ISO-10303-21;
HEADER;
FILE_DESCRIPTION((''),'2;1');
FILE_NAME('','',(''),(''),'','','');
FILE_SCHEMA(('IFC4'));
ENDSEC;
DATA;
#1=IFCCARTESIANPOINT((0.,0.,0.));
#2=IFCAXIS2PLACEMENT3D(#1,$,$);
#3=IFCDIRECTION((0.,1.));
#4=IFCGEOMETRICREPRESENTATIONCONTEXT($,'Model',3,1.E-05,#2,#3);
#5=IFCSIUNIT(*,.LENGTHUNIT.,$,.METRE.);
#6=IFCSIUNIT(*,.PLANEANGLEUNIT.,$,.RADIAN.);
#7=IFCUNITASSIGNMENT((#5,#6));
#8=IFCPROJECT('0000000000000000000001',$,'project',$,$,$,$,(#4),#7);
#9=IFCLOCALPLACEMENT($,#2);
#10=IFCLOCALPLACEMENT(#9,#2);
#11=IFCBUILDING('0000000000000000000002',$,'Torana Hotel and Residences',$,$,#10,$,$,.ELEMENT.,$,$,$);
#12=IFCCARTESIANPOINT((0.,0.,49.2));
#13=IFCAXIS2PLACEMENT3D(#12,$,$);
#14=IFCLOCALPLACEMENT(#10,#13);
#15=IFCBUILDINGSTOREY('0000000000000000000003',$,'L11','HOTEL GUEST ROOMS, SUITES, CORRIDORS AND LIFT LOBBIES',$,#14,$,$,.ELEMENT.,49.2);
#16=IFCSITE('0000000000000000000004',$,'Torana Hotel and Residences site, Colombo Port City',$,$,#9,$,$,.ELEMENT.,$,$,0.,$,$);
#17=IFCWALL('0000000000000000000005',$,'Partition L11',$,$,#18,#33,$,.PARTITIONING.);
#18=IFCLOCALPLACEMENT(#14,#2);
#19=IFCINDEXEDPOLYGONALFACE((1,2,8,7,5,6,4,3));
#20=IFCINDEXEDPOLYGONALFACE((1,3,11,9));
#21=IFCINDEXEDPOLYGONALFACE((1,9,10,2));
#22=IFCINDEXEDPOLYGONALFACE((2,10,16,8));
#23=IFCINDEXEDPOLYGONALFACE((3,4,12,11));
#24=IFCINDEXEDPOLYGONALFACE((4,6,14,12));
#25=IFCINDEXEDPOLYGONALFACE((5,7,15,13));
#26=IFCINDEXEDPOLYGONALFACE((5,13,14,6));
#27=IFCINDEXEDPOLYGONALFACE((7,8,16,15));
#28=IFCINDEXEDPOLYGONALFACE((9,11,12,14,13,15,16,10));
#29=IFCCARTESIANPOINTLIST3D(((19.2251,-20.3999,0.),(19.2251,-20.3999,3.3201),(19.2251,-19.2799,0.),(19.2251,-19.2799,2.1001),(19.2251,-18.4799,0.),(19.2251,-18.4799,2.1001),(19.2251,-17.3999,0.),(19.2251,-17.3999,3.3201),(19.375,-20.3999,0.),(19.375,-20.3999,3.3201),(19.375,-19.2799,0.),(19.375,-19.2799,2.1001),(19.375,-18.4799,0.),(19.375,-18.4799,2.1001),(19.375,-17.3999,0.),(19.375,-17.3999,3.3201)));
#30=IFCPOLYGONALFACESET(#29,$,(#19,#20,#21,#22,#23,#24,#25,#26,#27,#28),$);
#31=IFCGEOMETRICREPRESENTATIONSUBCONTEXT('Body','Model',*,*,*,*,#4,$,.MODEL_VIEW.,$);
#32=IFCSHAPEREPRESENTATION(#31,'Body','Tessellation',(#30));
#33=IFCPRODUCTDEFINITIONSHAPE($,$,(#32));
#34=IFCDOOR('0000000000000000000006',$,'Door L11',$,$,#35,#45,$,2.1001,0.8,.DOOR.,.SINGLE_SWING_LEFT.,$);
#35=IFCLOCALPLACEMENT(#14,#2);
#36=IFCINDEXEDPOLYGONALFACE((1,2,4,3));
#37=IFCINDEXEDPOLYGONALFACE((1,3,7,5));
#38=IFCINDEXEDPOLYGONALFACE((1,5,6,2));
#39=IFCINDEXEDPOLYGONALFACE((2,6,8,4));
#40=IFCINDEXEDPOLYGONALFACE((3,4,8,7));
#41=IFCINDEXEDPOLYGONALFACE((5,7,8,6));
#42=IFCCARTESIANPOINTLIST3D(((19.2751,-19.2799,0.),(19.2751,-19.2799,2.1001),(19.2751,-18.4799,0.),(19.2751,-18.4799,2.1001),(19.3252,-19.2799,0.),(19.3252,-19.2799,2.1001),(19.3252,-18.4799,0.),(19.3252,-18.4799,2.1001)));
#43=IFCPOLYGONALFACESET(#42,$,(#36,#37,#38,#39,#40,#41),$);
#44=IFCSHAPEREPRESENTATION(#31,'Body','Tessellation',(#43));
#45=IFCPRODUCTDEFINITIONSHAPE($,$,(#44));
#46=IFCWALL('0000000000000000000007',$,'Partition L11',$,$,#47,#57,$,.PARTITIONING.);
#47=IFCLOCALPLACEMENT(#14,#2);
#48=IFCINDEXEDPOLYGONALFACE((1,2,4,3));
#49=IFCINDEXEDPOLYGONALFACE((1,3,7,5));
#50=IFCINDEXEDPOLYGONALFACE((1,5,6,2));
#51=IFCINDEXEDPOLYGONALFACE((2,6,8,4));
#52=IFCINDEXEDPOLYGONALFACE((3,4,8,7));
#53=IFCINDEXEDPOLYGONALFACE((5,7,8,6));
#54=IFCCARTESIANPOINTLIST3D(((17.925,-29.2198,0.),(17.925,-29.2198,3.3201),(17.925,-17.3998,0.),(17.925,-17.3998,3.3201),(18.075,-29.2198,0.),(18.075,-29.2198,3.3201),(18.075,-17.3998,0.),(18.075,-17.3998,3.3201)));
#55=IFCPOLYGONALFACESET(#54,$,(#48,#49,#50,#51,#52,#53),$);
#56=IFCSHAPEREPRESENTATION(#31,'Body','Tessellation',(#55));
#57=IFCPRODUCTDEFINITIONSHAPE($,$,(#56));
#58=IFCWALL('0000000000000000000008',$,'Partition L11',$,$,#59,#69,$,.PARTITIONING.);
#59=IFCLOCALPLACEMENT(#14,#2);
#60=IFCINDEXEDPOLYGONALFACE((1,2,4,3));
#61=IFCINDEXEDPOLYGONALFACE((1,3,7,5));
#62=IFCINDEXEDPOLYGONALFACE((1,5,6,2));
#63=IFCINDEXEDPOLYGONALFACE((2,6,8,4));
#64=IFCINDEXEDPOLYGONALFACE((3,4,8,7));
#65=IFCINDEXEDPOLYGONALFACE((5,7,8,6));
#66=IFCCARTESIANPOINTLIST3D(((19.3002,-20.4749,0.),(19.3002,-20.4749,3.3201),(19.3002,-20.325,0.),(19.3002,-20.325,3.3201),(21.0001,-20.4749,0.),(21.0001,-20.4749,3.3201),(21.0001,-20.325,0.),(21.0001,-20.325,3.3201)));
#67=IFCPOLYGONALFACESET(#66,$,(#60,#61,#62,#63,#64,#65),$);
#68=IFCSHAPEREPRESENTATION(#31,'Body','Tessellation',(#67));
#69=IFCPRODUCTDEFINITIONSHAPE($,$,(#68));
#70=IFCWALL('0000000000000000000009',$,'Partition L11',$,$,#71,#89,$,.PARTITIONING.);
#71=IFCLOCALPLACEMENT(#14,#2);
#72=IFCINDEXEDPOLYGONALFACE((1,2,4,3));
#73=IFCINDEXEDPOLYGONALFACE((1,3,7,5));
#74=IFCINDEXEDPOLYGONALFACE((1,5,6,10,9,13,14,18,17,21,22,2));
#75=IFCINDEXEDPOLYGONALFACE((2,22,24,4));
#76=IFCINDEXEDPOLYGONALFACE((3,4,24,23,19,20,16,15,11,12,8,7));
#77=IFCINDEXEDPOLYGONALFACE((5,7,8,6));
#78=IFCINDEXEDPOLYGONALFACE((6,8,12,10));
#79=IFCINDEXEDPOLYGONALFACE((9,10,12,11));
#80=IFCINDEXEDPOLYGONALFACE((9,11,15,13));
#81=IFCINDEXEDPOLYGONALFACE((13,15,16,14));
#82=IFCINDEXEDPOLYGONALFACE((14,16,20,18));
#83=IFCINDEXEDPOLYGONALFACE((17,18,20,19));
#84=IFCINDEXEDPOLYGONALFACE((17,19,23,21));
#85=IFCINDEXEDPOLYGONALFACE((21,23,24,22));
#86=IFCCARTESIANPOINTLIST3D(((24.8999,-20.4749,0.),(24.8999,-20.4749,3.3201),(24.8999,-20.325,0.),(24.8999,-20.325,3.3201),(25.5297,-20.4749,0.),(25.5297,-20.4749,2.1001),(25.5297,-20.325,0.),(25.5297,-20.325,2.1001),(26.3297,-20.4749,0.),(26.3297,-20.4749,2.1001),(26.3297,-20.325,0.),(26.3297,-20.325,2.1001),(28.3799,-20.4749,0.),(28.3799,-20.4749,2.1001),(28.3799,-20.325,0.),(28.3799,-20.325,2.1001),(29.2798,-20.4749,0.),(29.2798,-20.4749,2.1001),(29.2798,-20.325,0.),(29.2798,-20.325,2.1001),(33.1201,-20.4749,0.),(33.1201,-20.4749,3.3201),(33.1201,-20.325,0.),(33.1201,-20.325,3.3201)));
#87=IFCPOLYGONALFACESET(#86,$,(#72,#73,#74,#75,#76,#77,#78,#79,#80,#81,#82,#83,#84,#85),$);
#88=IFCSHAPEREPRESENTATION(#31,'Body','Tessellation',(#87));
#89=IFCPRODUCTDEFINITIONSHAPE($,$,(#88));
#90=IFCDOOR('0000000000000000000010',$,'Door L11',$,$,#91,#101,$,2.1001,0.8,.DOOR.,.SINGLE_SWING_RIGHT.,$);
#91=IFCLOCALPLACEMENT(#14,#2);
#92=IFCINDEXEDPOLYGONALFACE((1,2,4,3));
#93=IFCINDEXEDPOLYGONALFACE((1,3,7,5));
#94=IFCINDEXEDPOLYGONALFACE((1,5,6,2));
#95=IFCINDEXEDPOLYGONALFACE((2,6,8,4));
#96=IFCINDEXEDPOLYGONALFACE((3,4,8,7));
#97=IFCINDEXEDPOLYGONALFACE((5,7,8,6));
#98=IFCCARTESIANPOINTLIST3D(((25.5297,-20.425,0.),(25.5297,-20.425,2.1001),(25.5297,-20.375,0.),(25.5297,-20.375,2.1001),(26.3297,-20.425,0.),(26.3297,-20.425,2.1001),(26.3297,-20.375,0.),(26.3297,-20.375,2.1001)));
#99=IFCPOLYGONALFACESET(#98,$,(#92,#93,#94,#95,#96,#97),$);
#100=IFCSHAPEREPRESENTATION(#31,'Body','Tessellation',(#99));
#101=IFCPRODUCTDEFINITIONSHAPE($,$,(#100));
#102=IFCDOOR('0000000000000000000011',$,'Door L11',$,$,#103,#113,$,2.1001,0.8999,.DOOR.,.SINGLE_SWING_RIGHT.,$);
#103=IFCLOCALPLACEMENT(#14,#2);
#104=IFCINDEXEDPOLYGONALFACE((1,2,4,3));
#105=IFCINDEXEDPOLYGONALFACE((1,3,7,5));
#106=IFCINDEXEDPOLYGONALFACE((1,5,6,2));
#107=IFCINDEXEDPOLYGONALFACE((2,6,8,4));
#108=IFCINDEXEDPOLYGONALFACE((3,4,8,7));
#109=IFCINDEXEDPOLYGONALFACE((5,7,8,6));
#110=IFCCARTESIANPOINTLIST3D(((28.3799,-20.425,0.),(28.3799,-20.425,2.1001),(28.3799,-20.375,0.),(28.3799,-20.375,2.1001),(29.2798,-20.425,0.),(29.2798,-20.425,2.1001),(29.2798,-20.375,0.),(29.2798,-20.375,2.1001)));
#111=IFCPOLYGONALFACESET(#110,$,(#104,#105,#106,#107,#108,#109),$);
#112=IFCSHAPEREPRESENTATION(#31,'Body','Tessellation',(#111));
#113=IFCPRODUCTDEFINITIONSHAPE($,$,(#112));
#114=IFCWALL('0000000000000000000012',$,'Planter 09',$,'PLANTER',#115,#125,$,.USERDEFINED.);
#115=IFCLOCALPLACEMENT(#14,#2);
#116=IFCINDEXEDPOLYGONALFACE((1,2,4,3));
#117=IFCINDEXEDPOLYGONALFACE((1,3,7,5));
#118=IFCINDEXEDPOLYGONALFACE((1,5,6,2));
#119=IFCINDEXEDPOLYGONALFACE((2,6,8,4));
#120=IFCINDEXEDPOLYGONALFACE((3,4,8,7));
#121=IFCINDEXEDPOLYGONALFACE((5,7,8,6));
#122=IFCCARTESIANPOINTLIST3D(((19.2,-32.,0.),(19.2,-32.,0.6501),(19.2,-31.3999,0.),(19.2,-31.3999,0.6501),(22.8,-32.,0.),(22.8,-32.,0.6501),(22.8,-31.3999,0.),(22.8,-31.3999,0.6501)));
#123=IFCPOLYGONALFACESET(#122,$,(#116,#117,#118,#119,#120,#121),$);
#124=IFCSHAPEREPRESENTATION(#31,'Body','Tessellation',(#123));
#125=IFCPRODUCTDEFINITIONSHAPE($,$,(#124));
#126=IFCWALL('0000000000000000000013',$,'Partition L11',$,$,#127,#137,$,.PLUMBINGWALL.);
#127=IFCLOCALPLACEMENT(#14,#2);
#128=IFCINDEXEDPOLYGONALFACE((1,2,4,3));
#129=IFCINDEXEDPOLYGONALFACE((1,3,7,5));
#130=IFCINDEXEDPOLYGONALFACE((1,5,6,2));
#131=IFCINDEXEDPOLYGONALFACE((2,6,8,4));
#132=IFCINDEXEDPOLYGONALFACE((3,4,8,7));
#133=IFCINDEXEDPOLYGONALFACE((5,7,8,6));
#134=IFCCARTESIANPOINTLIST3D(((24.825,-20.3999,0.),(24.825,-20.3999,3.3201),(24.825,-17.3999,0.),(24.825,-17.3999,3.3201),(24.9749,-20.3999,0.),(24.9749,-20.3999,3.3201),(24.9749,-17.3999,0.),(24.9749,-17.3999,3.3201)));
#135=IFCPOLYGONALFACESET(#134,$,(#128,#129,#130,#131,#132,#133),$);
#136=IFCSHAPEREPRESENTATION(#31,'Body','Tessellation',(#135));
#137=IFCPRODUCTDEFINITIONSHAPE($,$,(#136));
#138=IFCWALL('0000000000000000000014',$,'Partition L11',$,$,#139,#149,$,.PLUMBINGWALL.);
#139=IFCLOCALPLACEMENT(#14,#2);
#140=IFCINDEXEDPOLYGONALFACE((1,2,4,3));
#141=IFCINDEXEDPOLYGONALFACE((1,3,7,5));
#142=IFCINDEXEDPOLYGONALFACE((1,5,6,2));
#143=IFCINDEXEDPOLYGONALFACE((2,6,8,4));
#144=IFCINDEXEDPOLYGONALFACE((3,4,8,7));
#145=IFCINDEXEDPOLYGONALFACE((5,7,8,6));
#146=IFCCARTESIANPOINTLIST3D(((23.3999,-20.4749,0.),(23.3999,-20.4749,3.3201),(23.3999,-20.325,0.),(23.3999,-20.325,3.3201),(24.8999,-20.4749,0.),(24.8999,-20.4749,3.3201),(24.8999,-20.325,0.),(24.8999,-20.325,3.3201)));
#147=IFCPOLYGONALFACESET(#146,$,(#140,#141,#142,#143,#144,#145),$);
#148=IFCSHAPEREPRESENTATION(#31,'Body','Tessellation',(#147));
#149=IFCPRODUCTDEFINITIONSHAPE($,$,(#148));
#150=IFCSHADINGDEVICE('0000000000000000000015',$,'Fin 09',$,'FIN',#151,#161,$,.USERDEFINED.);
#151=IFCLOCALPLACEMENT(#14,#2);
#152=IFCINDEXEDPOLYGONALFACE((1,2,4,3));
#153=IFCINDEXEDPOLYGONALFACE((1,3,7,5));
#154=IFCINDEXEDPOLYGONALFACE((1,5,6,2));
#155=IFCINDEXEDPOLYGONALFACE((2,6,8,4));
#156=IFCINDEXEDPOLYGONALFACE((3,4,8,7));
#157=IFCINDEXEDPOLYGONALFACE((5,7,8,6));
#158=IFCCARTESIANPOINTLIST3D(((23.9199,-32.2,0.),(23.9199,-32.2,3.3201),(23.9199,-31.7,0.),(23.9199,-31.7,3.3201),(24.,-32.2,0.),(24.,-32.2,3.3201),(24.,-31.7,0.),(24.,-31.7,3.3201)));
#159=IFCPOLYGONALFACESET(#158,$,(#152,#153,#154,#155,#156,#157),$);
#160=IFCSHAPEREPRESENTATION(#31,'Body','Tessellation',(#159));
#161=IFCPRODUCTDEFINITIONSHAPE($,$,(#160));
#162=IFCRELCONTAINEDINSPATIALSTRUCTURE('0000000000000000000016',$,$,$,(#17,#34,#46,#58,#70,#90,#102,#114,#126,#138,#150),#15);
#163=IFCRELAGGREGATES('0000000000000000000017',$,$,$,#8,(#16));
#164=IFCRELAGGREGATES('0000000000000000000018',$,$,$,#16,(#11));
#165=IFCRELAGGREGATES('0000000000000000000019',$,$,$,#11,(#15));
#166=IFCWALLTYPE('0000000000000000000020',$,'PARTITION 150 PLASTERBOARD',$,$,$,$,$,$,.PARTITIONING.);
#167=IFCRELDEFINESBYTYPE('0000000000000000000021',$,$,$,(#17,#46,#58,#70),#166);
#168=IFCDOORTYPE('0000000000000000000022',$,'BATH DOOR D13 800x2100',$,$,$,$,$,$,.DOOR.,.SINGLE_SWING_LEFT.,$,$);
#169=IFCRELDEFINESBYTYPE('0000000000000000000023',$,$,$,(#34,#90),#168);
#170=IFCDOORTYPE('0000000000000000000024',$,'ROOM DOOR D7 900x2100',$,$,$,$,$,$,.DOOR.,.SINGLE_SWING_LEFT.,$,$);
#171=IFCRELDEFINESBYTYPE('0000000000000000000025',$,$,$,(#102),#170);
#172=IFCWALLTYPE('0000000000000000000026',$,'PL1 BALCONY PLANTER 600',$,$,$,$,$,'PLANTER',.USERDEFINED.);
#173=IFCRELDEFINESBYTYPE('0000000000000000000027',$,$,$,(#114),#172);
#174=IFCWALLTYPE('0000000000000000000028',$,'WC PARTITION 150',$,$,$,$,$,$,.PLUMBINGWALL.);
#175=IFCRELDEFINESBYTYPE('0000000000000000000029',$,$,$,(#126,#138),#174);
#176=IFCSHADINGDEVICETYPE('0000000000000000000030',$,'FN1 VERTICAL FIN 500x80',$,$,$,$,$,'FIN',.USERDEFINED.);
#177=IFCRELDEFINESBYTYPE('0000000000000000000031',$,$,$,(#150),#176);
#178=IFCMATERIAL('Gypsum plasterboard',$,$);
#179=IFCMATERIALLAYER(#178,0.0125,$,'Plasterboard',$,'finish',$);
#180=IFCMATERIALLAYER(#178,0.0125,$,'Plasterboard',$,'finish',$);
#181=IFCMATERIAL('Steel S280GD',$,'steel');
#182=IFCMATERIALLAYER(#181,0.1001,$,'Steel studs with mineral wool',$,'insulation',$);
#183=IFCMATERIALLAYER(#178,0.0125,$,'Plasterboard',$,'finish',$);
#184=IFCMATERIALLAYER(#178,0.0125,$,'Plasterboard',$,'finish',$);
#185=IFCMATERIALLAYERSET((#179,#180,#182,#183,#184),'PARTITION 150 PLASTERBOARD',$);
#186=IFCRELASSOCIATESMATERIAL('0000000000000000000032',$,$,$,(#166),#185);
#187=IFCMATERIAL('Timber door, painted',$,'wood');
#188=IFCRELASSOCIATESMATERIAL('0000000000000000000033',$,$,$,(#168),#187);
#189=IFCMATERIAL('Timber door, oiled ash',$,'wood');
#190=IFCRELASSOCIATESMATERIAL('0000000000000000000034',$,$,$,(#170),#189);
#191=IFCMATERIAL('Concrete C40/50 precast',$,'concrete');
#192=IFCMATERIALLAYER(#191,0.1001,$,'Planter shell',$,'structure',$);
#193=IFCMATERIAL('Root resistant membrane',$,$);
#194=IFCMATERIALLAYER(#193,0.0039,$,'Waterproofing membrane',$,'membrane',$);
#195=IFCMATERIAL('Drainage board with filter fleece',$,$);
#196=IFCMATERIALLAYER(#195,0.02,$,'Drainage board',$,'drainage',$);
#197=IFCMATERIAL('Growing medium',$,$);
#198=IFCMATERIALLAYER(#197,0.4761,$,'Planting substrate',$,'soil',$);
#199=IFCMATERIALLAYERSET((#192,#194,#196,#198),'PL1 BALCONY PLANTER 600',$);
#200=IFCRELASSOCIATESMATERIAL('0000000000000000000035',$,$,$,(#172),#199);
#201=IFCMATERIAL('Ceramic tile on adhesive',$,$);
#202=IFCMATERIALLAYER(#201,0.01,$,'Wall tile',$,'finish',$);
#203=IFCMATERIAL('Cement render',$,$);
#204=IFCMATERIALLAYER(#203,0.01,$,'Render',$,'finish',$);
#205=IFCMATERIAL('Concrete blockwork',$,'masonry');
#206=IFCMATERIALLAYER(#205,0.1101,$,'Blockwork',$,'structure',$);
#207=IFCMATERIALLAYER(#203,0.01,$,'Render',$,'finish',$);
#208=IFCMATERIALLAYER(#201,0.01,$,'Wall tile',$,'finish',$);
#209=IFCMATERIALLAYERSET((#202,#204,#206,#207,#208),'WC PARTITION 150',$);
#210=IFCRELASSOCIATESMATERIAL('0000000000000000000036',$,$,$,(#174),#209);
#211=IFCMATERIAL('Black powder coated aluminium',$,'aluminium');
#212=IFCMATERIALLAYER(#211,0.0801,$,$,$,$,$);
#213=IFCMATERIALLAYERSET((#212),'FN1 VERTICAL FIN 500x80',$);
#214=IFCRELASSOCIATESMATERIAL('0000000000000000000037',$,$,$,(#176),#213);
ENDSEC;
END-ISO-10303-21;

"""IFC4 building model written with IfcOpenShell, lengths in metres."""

from ifc_helpers import new_model, si_unit, direction, frame, frame_2d, origin, origin_2d, place, context, subcontext, project, spatial, rectangle, extrude, material, layer, layer_set, type_object, element, fill, save


model = new_model("IFC4")

# Units and contexts
model_context = context("Model", 3, precision=1e-05, world=origin(), true_north=direction((0.0, 1.0)))
body_context = subcontext(model_context, "Body", "Model", "MODEL_VIEW")
ifc_project = project(units=[si_unit("LENGTHUNIT", "METRE"), si_unit("PLANEANGLEUNIT", "RADIAN")], contexts=[model_context])

# Site, building, storey
site_placement = place(None, origin())
site = spatial("IfcSite", under=ifc_project, at=site_placement, Name="Torana Hotel and Residences site, Colombo Port City", CompositionType="ELEMENT", RefElevation=0.0)
building_placement = place(site_placement, origin())
building = spatial("IfcBuilding", under=site, at=building_placement, Name="Torana Hotel and Residences", CompositionType="ELEMENT")
storey_placement = place(building_placement, frame((0.0, 0.0, 49.2)))
storey = spatial("IfcBuildingStorey", under=building, at=storey_placement, Name="L11", Description="HOTEL GUEST ROOMS, SUITES, CORRIDORS AND LIFT LOBBIES", CompositionType="ELEMENT", Elevation=49.2)

# Shared definitions
ifc_material_1 = material(Name="Concrete blockwork", Category="masonry")

# Shared definitions
ifc_material_2 = material(Name="Gypsum plasterboard")
ifc_layer_1 = layer(ifc_material_2, 0.0125, Name="Plasterboard", Category="finish")
ifc_layer_2 = layer(ifc_material_2, 0.0125, Name="Plasterboard", Category="finish")
ifc_material_3 = material(Name="Steel S280GD", Category="steel")
ifc_layer_3 = layer(ifc_material_3, 0.1001, Name="Steel studs with mineral wool", Category="insulation")
ifc_layer_4 = layer(ifc_material_2, 0.0125, Name="Plasterboard", Category="finish")
ifc_layer_5 = layer(ifc_material_2, 0.0125, Name="Plasterboard", Category="finish")
ifc_layer_set_1 = layer_set([ifc_layer_1, ifc_layer_2, ifc_layer_3, ifc_layer_4, ifc_layer_5], Name="PARTITION 150 PLASTERBOARD")
wall_type_1 = type_object("IfcWallType", Name="PARTITION 150 PLASTERBOARD", PredefinedType="PARTITIONING", material=ifc_layer_set_1)

# Wall, opening, door
wall_1_placement = place(storey_placement, frame((19.3, -20.3999, 0.0), z_axis=(0.0, 0.0, 1.0), x_axis=(0.0, 1.0, 0.0)))
wall_1 = element("IfcWall", 1, at=wall_1_placement, inside=storey, type_object=wall_type_1, Name="Partition L11", PredefinedType="PARTITIONING", context=body_context, shape_type="SweptSolid", body=[
    extrude(rectangle(XDim=3.0, YDim=0.1499, at=frame_2d((1.5, 0.0))), origin(), (0.0, 0.0, 1.0), 3.3201),
])
opening_1_placement = place(wall_1_placement, frame((1.1201, 0.0, 0.0)))
opening_1 = element("IfcOpeningElement", 2, at=opening_1_placement, cuts=wall_1, PredefinedType="OPENING", context=body_context, shape_type="SweptSolid", body=[
    extrude(rectangle(XDim=0.8, YDim=2.1001, at=frame_2d((0.3999, 1.05))), frame((0.0, 0.085, 0.0), z_axis=(0.0, -1.0, 0.0), x_axis=(1.0, 0.0, 0.0)), (0.0, 0.0, 1.0), 0.1699),
])
ifc_material_4 = material(Name="Timber door, painted", Category="wood")
door_type_1 = type_object("IfcDoorType", Name="BATH DOOR D13 800x2100", OperationType="SINGLE_SWING_LEFT", PredefinedType="DOOR", material=ifc_material_4)
door_1_placement = place(opening_1_placement, origin())
door_1 = element("IfcDoor", 3, at=door_1_placement, inside=storey, type_object=door_type_1, Name="Door L11", OperationType="SINGLE_SWING_LEFT", OverallHeight=2.1001, OverallWidth=0.8, PredefinedType="DOOR", context=body_context, shape_type="SweptSolid", body=[
    extrude(rectangle(XDim=0.8, YDim=2.1001, at=frame_2d((0.3999, 1.05))), frame((0.0, 0.0249, 0.0), z_axis=(0.0, -1.0, 0.0), x_axis=(1.0, 0.0, 0.0)), (0.0, 0.0, 1.0), 0.05),
])
fill(opening_1, door_1)

# Walls
wall_2_placement = place(storey_placement, frame((18.0, -29.22, 0.0), z_axis=(0.0, 0.0, 1.0), x_axis=(0.0, 1.0, 0.0)))
element("IfcWall", 4, at=wall_2_placement, inside=storey, type_object=wall_type_1, Name="Partition L11", PredefinedType="PARTITIONING", context=body_context, shape_type="SweptSolid", body=[
    extrude(rectangle(XDim=11.8201, YDim=0.1499, at=frame_2d((5.9102, 0.0))), origin(), (0.0, 0.0, 1.0), 3.3201),
])
wall_3_placement = place(storey_placement, frame((19.3, -20.3999, 0.0), z_axis=(0.0, 0.0, 1.0), x_axis=(1.0, 0.0, 0.0)))
element("IfcWall", 5, at=wall_3_placement, inside=storey, type_object=wall_type_1, Name="Partition L11", PredefinedType="PARTITIONING", context=body_context, shape_type="SweptSolid", body=[
    extrude(rectangle(XDim=1.7, YDim=0.1499, at=frame_2d((0.8501, 0.0))), origin(), (0.0, 0.0, 1.0), 3.3201),
])

# Wall, openings, doors
wall_4_placement = place(storey_placement, frame((24.8999, -20.3999, 0.0), z_axis=(0.0, 0.0, 1.0), x_axis=(1.0, 0.0, 0.0)))
wall_4 = element("IfcWall", 6, at=wall_4_placement, inside=storey, type_object=wall_type_1, Name="Partition L11", PredefinedType="PARTITIONING", context=body_context, shape_type="SweptSolid", body=[
    extrude(rectangle(XDim=8.2202, YDim=0.1499, at=frame_2d((4.1101, 0.0))), origin(), (0.0, 0.0, 1.0), 3.3201),
])
opening_2_placement = place(wall_4_placement, frame((0.6299, 0.0, 0.0)))
opening_2 = element("IfcOpeningElement", 7, at=opening_2_placement, cuts=wall_4, PredefinedType="OPENING", context=body_context, shape_type="SweptSolid", body=[
    extrude(rectangle(XDim=0.8, YDim=2.1001, at=frame_2d((0.3999, 1.05))), frame((0.0, 0.085, 0.0), z_axis=(0.0, -1.0, 0.0), x_axis=(1.0, 0.0, 0.0)), (0.0, 0.0, 1.0), 0.1699),
])
opening_3_placement = place(wall_4_placement, frame((3.48, 0.0, 0.0)))
opening_3 = element("IfcOpeningElement", 8, at=opening_3_placement, cuts=wall_4, PredefinedType="OPENING", context=body_context, shape_type="SweptSolid", body=[
    extrude(rectangle(XDim=0.8999, YDim=2.1001, at=frame_2d((0.45, 1.05))), frame((0.0, 0.085, 0.0), z_axis=(0.0, -1.0, 0.0), x_axis=(1.0, 0.0, 0.0)), (0.0, 0.0, 1.0), 0.1699),
])
door_2_placement = place(opening_2_placement, origin())
door_2 = element("IfcDoor", 9, at=door_2_placement, inside=storey, type_object=door_type_1, Name="Door L11", OperationType="SINGLE_SWING_RIGHT", OverallHeight=2.1001, OverallWidth=0.8, PredefinedType="DOOR", context=body_context, shape_type="SweptSolid", body=[
    extrude(rectangle(XDim=0.8, YDim=2.1001, at=frame_2d((0.3999, 1.05))), frame((0.0, 0.0249, 0.0), z_axis=(0.0, -1.0, 0.0), x_axis=(1.0, 0.0, 0.0)), (0.0, 0.0, 1.0), 0.05),
])
fill(opening_2, door_2)
ifc_material_5 = material(Name="Timber door, oiled ash", Category="wood")
door_type_2 = type_object("IfcDoorType", Name="ROOM DOOR D7 900x2100", OperationType="SINGLE_SWING_LEFT", PredefinedType="DOOR", material=ifc_material_5)
door_3_placement = place(opening_3_placement, origin())
door_3 = element("IfcDoor", 10, at=door_3_placement, inside=storey, type_object=door_type_2, Name="Door L11", OperationType="SINGLE_SWING_RIGHT", OverallHeight=2.1001, OverallWidth=0.8999, PredefinedType="DOOR", context=body_context, shape_type="SweptSolid", body=[
    extrude(rectangle(XDim=0.8999, YDim=2.1001, at=frame_2d((0.45, 1.05))), frame((0.0, 0.0249, 0.0), z_axis=(0.0, -1.0, 0.0), x_axis=(1.0, 0.0, 0.0)), (0.0, 0.0, 1.0), 0.05),
])
fill(opening_3, door_3)

# Walls
ifc_material_6 = material(Name="Concrete C40/50 precast", Category="concrete")
ifc_layer_6 = layer(ifc_material_6, 0.1001, Name="Planter shell", Category="structure")
ifc_material_7 = material(Name="Root resistant membrane")
ifc_layer_7 = layer(ifc_material_7, 0.0039, Name="Waterproofing membrane", Category="membrane")
ifc_material_8 = material(Name="Drainage board with filter fleece")
ifc_layer_8 = layer(ifc_material_8, 0.02, Name="Drainage board", Category="drainage")
ifc_material_9 = material(Name="Growing medium")
ifc_layer_9 = layer(ifc_material_9, 0.4761, Name="Planting substrate", Category="soil")
ifc_layer_set_2 = layer_set([ifc_layer_6, ifc_layer_7, ifc_layer_8, ifc_layer_9], Name="PL1 BALCONY PLANTER 600")
wall_type_2 = type_object("IfcWallType", Name="PL1 BALCONY PLANTER 600", ElementType="PLANTER", PredefinedType="USERDEFINED", material=ifc_layer_set_2)
wall_5_placement = place(storey_placement, frame((22.8, -31.7, 0.0), z_axis=(0.0, 0.0, 1.0), x_axis=(-1.0, 0.0, 0.0)))
element("IfcWall", 11, at=wall_5_placement, inside=storey, type_object=wall_type_2, Name="Planter 09", ObjectType="PLANTER", PredefinedType="USERDEFINED", context=body_context, shape_type="SweptSolid", body=[
    extrude(rectangle(XDim=3.6001, YDim=0.6001, at=frame_2d((1.8, 0.0))), origin(), (0.0, 0.0, 1.0), 0.6501),
])
ifc_material_10 = material(Name="Ceramic tile on adhesive")
ifc_layer_10 = layer(ifc_material_10, 0.01, Name="Wall tile", Category="finish")
ifc_material_11 = material(Name="Cement render")
ifc_layer_11 = layer(ifc_material_11, 0.01, Name="Render", Category="finish")
ifc_layer_12 = layer(ifc_material_1, 0.1101, Name="Blockwork", Category="structure")
ifc_layer_13 = layer(ifc_material_11, 0.01, Name="Render", Category="finish")
ifc_layer_14 = layer(ifc_material_10, 0.01, Name="Wall tile", Category="finish")
ifc_layer_set_3 = layer_set([ifc_layer_10, ifc_layer_11, ifc_layer_12, ifc_layer_13, ifc_layer_14], Name="WC PARTITION 150")
wall_type_3 = type_object("IfcWallType", Name="WC PARTITION 150", PredefinedType="PLUMBINGWALL", material=ifc_layer_set_3)
wall_6_placement = place(storey_placement, frame((24.8999, -20.3999, 0.0), z_axis=(0.0, 0.0, 1.0), x_axis=(0.0, 1.0, 0.0)))
element("IfcWall", 12, at=wall_6_placement, inside=storey, type_object=wall_type_3, Name="Partition L11", PredefinedType="PLUMBINGWALL", context=body_context, shape_type="SweptSolid", body=[
    extrude(rectangle(XDim=3.0, YDim=0.1499, at=frame_2d((1.5, 0.0))), origin(), (0.0, 0.0, 1.0), 3.3201),
])
wall_7_placement = place(storey_placement, frame((23.3999, -20.3999, 0.0), z_axis=(0.0, 0.0, 1.0), x_axis=(1.0, 0.0, 0.0)))
element("IfcWall", 13, at=wall_7_placement, inside=storey, type_object=wall_type_3, Name="Partition L11", PredefinedType="PLUMBINGWALL", context=body_context, shape_type="SweptSolid", body=[
    extrude(rectangle(XDim=1.5, YDim=0.1499, at=frame_2d((0.75, 0.0))), origin(), (0.0, 0.0, 1.0), 3.3201),
])

# Shading device
ifc_material_12 = material(Name="Black powder coated aluminium", Category="aluminium")
ifc_layer_15 = layer(ifc_material_12, 0.0801)
ifc_layer_set_4 = layer_set([ifc_layer_15], Name="FN1 VERTICAL FIN 500x80")
shading_device_type = type_object("IfcShadingDeviceType", Name="FN1 VERTICAL FIN 500x80", ElementType="FIN", PredefinedType="USERDEFINED", material=ifc_layer_set_4)
shading_device_placement = place(storey_placement, frame((23.96, -31.95, 0.0), z_axis=(0.0, 0.0, 1.0), x_axis=(-1.0, 0.0, 0.0)))
element("IfcShadingDevice", 14, at=shading_device_placement, inside=storey, type_object=shading_device_type, Name="Fin 09", ObjectType="FIN", PredefinedType="USERDEFINED", context=body_context, shape_type="SweptSolid", body=[
    extrude(rectangle(XDim=0.0801, YDim=0.5, at=origin_2d()), origin(), (0.0, 0.0, 1.0), 3.3201),
])

save(model, "model.ifc")
